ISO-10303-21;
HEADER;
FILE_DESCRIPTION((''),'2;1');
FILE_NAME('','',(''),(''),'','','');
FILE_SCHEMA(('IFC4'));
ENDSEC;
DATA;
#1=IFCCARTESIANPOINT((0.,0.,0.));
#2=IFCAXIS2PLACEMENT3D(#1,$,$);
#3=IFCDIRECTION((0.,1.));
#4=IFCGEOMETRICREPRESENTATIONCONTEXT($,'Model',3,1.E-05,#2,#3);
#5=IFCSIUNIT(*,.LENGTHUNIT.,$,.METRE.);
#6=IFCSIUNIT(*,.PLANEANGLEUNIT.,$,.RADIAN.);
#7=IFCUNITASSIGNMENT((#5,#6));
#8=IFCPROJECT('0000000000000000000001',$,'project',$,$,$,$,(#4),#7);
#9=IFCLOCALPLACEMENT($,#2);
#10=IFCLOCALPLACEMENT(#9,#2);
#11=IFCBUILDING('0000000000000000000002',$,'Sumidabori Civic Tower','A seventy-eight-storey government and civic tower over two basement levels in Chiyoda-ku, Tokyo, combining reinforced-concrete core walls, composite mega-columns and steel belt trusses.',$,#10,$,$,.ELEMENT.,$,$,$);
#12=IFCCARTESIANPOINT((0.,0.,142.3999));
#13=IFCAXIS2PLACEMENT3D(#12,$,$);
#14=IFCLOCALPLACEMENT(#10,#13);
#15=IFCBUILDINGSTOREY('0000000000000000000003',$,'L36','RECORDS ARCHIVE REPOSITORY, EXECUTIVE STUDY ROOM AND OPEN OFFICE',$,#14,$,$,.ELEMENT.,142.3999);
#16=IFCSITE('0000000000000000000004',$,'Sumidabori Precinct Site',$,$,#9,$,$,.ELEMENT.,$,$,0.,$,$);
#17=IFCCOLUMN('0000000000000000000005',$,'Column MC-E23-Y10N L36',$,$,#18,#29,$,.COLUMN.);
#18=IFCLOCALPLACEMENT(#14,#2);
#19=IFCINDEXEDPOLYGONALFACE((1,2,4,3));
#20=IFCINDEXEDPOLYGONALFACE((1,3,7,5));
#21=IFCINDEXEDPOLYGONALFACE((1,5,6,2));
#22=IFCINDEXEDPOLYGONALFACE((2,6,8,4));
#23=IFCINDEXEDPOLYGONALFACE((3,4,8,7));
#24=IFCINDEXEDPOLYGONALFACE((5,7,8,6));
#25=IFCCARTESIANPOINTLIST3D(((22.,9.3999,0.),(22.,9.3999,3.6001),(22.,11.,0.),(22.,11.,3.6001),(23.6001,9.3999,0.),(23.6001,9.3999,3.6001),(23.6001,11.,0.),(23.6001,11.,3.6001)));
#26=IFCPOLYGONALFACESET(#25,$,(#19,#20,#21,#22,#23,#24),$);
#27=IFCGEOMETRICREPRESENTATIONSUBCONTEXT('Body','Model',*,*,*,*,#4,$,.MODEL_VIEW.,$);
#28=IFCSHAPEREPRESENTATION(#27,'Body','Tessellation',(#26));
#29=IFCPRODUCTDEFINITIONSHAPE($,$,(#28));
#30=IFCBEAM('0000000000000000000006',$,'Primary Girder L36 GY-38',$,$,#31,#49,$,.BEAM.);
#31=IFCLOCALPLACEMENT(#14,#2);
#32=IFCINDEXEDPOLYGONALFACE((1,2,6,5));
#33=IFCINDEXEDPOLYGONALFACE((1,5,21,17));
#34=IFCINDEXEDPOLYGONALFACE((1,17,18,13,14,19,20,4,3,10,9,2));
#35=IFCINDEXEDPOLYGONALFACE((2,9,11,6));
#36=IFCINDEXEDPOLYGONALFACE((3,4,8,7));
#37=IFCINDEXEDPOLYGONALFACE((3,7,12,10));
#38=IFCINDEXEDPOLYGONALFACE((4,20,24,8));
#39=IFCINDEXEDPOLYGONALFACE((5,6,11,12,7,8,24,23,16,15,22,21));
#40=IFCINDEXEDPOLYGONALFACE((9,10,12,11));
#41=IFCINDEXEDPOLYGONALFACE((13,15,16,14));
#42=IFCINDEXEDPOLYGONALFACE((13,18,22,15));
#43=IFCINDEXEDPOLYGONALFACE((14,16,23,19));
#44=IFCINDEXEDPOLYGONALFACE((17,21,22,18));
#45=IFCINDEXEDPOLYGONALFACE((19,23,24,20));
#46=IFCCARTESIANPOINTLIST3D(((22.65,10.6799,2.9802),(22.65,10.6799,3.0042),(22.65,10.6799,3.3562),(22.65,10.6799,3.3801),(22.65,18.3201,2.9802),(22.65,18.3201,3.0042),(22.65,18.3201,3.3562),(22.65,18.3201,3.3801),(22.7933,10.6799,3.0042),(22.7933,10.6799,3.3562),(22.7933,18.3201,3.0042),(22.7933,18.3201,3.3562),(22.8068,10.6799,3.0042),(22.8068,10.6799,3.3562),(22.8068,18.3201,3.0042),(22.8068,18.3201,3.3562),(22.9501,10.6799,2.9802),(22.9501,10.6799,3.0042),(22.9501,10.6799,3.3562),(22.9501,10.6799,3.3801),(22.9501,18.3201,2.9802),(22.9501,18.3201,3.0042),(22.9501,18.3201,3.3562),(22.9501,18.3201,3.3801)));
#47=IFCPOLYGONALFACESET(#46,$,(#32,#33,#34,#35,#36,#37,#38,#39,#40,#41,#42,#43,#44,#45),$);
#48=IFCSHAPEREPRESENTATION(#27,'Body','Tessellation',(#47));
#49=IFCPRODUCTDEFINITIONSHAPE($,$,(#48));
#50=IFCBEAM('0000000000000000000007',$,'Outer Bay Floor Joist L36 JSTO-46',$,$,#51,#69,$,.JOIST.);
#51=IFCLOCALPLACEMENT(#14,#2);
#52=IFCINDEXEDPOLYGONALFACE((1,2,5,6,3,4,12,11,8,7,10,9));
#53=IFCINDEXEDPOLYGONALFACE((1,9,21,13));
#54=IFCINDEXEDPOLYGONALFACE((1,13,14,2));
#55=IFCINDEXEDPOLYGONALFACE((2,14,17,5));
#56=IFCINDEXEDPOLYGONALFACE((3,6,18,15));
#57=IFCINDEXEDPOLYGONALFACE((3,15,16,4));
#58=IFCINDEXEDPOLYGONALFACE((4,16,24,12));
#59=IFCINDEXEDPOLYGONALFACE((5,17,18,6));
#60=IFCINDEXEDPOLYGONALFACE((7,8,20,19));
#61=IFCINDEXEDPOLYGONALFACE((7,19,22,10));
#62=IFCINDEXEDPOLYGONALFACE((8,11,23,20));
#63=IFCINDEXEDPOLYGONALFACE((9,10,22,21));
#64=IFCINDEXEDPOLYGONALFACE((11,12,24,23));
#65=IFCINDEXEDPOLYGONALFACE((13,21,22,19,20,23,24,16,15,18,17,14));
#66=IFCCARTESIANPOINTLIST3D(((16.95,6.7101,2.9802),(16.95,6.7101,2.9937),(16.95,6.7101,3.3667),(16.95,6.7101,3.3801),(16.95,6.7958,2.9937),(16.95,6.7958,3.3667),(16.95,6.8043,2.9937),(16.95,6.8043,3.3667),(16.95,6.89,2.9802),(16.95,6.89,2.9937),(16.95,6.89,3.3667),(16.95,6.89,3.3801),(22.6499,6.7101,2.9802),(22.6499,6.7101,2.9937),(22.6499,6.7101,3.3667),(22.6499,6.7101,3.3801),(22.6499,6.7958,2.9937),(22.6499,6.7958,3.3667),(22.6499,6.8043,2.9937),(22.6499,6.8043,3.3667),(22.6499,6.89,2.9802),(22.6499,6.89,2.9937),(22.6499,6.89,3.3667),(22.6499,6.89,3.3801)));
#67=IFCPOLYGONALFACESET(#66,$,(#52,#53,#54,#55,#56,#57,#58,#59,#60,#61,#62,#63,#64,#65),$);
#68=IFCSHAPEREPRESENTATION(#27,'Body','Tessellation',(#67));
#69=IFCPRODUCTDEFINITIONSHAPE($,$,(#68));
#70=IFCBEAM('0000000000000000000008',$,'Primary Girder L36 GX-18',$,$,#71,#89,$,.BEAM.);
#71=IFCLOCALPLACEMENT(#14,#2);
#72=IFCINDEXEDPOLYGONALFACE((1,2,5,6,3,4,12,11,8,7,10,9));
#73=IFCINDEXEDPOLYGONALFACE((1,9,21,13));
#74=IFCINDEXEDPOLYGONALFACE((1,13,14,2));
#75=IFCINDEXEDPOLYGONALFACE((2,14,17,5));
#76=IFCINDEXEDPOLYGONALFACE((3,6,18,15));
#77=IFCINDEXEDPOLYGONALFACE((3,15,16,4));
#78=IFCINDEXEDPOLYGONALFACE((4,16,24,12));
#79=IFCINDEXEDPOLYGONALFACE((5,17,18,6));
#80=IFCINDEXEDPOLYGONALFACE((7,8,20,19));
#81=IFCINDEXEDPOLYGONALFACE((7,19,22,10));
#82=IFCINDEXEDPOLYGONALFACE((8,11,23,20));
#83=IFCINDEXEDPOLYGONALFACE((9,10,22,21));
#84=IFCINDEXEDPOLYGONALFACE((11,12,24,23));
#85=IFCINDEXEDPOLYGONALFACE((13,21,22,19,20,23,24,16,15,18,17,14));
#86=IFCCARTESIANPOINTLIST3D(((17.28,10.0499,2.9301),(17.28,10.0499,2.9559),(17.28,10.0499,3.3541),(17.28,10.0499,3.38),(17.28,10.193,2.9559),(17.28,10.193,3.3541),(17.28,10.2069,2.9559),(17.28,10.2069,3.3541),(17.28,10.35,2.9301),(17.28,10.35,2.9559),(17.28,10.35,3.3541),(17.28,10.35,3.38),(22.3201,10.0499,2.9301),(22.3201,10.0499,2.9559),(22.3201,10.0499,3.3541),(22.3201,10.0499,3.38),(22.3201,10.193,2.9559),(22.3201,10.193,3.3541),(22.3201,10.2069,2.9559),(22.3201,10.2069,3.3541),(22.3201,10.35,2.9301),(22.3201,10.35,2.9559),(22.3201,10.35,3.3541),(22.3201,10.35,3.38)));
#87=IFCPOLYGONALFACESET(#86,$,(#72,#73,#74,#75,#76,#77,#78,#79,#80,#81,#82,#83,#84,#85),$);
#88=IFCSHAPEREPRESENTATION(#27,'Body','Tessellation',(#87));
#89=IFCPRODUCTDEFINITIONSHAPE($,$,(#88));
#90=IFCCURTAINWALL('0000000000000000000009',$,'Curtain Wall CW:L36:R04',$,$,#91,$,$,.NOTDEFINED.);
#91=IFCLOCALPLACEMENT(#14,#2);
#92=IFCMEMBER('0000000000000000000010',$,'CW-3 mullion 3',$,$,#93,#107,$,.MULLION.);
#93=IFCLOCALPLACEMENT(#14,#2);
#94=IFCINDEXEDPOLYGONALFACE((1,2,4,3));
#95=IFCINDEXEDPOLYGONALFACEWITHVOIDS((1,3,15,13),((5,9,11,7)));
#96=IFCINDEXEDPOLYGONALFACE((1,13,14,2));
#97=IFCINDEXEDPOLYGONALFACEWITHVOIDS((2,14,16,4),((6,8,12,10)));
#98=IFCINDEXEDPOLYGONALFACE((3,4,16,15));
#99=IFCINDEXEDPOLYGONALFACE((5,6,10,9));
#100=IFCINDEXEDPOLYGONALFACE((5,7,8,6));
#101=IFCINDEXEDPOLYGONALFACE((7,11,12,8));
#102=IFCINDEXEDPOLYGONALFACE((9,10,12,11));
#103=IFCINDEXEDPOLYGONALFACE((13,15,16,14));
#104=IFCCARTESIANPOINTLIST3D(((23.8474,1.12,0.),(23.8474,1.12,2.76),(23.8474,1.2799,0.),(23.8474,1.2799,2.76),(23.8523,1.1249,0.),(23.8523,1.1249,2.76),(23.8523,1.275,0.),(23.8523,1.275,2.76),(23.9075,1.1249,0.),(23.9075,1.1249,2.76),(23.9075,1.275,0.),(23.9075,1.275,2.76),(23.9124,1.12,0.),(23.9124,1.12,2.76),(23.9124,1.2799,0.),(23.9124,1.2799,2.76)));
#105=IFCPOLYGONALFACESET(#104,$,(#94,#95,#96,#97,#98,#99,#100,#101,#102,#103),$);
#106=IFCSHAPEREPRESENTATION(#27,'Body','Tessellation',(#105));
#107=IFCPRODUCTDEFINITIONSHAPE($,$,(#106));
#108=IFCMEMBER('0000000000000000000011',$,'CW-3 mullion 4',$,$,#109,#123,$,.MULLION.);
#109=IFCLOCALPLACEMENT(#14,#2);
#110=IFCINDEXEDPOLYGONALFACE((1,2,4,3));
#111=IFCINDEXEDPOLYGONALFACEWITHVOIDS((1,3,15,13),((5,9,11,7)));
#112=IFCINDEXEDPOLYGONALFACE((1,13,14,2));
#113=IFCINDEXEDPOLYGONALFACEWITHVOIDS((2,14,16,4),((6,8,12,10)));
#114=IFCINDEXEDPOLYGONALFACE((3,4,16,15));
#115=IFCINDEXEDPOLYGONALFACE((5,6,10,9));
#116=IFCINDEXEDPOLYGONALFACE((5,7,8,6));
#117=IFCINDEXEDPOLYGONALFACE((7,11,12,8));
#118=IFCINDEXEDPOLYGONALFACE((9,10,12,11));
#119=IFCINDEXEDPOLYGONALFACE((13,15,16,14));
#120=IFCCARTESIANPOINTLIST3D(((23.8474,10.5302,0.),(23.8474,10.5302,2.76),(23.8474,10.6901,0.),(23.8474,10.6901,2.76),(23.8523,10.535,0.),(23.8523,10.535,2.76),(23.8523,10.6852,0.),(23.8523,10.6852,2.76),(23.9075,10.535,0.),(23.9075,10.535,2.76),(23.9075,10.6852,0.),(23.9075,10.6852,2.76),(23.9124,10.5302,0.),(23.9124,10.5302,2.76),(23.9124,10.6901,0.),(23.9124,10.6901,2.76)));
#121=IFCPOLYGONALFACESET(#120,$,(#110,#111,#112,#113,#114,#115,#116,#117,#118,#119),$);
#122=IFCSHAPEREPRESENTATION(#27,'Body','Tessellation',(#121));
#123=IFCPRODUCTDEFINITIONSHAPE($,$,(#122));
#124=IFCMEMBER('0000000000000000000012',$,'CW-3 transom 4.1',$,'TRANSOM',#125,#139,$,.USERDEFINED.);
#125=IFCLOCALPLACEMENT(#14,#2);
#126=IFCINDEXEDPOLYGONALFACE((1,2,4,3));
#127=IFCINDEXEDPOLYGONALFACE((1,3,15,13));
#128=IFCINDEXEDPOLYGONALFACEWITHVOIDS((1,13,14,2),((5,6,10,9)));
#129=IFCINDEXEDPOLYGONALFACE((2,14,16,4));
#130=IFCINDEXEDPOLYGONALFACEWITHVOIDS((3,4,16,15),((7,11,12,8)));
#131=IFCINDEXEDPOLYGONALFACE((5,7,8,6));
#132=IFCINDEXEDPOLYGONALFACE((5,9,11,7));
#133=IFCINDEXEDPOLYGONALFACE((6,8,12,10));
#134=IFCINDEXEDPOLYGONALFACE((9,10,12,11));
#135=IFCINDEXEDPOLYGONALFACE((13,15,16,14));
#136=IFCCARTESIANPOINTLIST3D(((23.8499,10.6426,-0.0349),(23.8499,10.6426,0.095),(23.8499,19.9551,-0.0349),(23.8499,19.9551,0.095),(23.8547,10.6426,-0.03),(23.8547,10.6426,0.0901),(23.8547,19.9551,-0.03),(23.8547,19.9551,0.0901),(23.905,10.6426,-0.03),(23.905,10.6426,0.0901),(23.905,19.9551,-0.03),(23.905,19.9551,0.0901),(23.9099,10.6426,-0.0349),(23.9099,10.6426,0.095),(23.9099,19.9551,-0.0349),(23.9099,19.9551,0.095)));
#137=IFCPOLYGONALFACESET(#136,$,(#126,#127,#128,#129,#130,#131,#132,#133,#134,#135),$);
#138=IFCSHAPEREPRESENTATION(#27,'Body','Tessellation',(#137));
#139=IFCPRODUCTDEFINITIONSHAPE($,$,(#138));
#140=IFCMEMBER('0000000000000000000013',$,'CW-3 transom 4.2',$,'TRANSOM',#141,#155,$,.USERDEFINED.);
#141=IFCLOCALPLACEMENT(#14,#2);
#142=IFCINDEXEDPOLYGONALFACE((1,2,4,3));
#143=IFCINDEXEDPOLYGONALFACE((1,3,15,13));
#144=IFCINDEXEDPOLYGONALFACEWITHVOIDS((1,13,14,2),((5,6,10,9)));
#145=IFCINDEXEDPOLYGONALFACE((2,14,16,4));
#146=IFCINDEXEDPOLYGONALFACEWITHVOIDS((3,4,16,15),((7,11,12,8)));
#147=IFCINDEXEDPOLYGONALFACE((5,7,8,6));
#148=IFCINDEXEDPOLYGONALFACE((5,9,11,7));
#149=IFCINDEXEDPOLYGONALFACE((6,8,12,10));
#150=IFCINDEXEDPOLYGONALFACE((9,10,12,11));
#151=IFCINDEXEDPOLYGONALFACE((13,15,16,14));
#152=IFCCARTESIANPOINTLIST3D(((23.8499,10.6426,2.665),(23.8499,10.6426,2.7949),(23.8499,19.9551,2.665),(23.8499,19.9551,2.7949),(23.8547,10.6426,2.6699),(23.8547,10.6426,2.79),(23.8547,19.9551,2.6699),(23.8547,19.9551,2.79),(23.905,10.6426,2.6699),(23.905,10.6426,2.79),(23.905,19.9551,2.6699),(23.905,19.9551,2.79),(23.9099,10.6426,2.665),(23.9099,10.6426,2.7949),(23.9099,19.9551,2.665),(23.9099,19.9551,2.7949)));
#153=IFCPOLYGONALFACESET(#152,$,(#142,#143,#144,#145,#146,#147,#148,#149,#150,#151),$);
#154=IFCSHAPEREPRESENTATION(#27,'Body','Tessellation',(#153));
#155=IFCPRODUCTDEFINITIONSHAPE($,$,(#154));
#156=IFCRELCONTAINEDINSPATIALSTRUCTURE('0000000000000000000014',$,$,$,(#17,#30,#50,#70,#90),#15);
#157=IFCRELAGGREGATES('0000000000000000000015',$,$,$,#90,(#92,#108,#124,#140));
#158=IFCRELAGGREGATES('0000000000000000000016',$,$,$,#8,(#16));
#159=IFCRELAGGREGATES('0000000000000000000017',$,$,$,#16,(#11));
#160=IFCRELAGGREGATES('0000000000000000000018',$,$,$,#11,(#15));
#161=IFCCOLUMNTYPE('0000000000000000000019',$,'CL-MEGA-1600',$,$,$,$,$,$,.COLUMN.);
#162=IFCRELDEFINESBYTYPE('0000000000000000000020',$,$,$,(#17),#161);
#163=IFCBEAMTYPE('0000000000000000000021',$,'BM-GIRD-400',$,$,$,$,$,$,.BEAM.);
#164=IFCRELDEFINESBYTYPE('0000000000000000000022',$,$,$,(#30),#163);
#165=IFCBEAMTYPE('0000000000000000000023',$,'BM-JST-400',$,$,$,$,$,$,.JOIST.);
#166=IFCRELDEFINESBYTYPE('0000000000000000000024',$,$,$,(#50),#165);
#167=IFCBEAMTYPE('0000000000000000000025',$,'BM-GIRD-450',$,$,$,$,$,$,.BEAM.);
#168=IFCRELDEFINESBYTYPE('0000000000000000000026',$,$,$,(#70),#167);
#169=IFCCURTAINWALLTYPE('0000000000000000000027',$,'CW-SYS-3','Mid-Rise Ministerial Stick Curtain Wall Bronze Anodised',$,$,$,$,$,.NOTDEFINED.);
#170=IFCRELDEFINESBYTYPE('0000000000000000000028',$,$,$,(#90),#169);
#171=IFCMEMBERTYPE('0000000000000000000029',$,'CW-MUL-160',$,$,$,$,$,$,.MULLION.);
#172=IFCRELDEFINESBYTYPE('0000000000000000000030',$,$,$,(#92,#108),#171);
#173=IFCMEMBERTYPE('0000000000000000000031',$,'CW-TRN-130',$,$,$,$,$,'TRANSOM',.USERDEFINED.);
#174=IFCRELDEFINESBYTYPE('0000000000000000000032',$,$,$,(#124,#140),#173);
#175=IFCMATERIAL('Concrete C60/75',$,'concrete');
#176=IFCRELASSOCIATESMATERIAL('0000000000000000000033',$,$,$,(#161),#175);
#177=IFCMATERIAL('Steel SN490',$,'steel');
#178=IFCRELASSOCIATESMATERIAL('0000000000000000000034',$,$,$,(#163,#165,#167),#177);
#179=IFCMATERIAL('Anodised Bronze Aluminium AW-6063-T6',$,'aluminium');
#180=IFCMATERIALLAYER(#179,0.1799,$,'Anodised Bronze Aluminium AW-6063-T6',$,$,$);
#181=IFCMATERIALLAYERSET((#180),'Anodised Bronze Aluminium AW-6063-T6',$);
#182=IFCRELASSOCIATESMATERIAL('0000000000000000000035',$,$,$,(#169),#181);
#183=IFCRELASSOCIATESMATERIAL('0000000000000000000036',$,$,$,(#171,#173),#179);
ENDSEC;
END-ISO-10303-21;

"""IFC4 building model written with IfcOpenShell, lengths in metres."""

from ifc_helpers import new_model, si_unit, direction, frame, origin, origin_2d, place, context, subcontext, project, spatial, rectangle, hollow_rectangle, i_section, extrude, source, transform, mapped, material, layer, layer_set, material_profile, profile_set, type_object, element, aggregate, save


model = new_model("IFC4")

# Units and contexts
model_context = context("Model", 3, precision=1e-05, world=origin(), true_north=direction((0.0, 1.0)))
body_context = subcontext(model_context, "Body", "Model", "MODEL_VIEW")
ifc_project = project(units=[si_unit("LENGTHUNIT", "METRE"), si_unit("PLANEANGLEUNIT", "RADIAN")], contexts=[model_context])

# Site, building, storey
site_placement = place(None, origin())
site = spatial("IfcSite", under=ifc_project, at=site_placement, Name="Sumidabori Precinct Site", CompositionType="ELEMENT", RefElevation=0.0)
building_placement = place(site_placement, origin())
building = spatial("IfcBuilding", under=site, at=building_placement, Name="Sumidabori Civic Tower", Description="A seventy-eight-storey government and civic tower over two basement levels in Chiyoda-ku, Tokyo, combining reinforced-concrete core walls, composite mega-columns and steel belt trusses.", CompositionType="ELEMENT")
storey_placement = place(building_placement, frame((0.0, 0.0, 142.3999)))
storey = spatial("IfcBuildingStorey", under=building, at=storey_placement, Name="L36", Description="RECORDS ARCHIVE REPOSITORY, EXECUTIVE STUDY ROOM AND OPEN OFFICE", CompositionType="ELEMENT", Elevation=142.3999)

# Column
ifc_material_1 = material(Name="Concrete C60/75", Category="concrete")
ifc_material_profile_1 = material_profile(ifc_material_1, rectangle(XDim=1.6001, YDim=1.6001, at=origin_2d()), Name="RC 1600x1600")
ifc_profile_set_1 = profile_set([ifc_material_profile_1], Name="Concrete C60/75")
column_type = type_object("IfcColumnType", Name="CL-MEGA-1600", PredefinedType="COLUMN", material=ifc_profile_set_1)
shared_shape_1 = source(origin(), body_context, "Body", "SweptSolid", [
    extrude(rectangle(XDim=1.6001, YDim=1.6001, at=origin_2d()), origin(), (0.0, 0.0, 1.0), 3.6001),
])
column_placement = place(storey_placement, frame((22.8, 10.2, 0.0), z_axis=(0.0, 0.0, 1.0), x_axis=(1.0, 0.0, 0.0)))
element("IfcColumn", 1, at=column_placement, inside=storey, type_object=column_type, Name="Column MC-E23-Y10N L36", PredefinedType="COLUMN", context=body_context, shape_type="MappedRepresentation", body=[
    mapped(shared_shape_1, transform((0.0, 0.0, 0.0), x_axis=(1.0, 0.0, 0.0), y_axis=(0.0, 1.0, 0.0), z_axis=(0.0, 0.0, 1.0), scale=1.0)),
])

# Beams
ifc_material_2 = material(Name="Steel SN490", Category="steel")
ifc_material_profile_2 = material_profile(ifc_material_2, i_section(OverallWidth=0.3, OverallDepth=0.3999, WebThickness=0.0134, FlangeThickness=0.0239, at=origin_2d()), Name="HE 400 B")
ifc_profile_set_2 = profile_set([ifc_material_profile_2], Name="Steel SN490")
beam_type_1 = type_object("IfcBeamType", Name="BM-GIRD-400", PredefinedType="BEAM", material=ifc_profile_set_2)
shared_shape_2 = source(origin(), body_context, "Body", "SweptSolid", [
    extrude(i_section(OverallWidth=0.3, OverallDepth=0.3999, WebThickness=0.0134, FlangeThickness=0.0239, at=origin_2d()), origin(), (0.0, 0.0, 1.0), 7.6401),
])
beam_1_placement = place(storey_placement, frame((22.8, 10.6799, 3.1802), z_axis=(0.0, 1.0, 0.0), x_axis=(-1.0, 0.0, 0.0)))
element("IfcBeam", 2, at=beam_1_placement, inside=storey, type_object=beam_type_1, Name="Primary Girder L36 GY-38", PredefinedType="BEAM", context=body_context, shape_type="MappedRepresentation", body=[
    mapped(shared_shape_2, transform((0.0, 0.0, 0.0), x_axis=(1.0, 0.0, 0.0), y_axis=(0.0, 1.0, 0.0), z_axis=(0.0, 0.0, 1.0), scale=1.0)),
])
ifc_material_profile_3 = material_profile(ifc_material_2, i_section(OverallWidth=0.1799, OverallDepth=0.3999, WebThickness=0.0085, FlangeThickness=0.0134, at=origin_2d()), Name="IPE 400")
ifc_profile_set_3 = profile_set([ifc_material_profile_3], Name="Steel SN490")
beam_type_2 = type_object("IfcBeamType", Name="BM-JST-400", PredefinedType="JOIST", material=ifc_profile_set_3)
shared_shape_3 = source(origin(), body_context, "Body", "SweptSolid", [
    extrude(i_section(OverallWidth=0.1799, OverallDepth=0.3999, WebThickness=0.0085, FlangeThickness=0.0134, at=origin_2d()), origin(), (0.0, 0.0, 1.0), 5.7),
])
beam_2_placement = place(storey_placement, frame((16.95, 6.8, 3.1802), z_axis=(1.0, 0.0, 0.0), x_axis=(0.0, 1.0, 0.0)))
element("IfcBeam", 3, at=beam_2_placement, inside=storey, type_object=beam_type_2, Name="Outer Bay Floor Joist L36 JSTO-46", PredefinedType="JOIST", context=body_context, shape_type="MappedRepresentation", body=[
    mapped(shared_shape_3, transform((0.0, 0.0, 0.0), x_axis=(1.0, 0.0, 0.0), y_axis=(0.0, 1.0, 0.0), z_axis=(0.0, 0.0, 1.0), scale=1.0)),
])
ifc_material_profile_4 = material_profile(ifc_material_2, i_section(OverallWidth=0.3, OverallDepth=0.45, WebThickness=0.0139, FlangeThickness=0.0259, at=origin_2d()), Name="HE 450 B")
ifc_profile_set_4 = profile_set([ifc_material_profile_4], Name="Steel SN490")
beam_type_3 = type_object("IfcBeamType", Name="BM-GIRD-450", PredefinedType="BEAM", material=ifc_profile_set_4)
shared_shape_4 = source(origin(), body_context, "Body", "SweptSolid", [
    extrude(i_section(OverallWidth=0.3, OverallDepth=0.45, WebThickness=0.0139, FlangeThickness=0.0259, at=origin_2d()), origin(), (0.0, 0.0, 1.0), 5.04),
])
beam_3_placement = place(storey_placement, frame((17.28, 10.2, 3.155), z_axis=(1.0, 0.0, 0.0), x_axis=(0.0, 1.0, 0.0)))
element("IfcBeam", 4, at=beam_3_placement, inside=storey, type_object=beam_type_3, Name="Primary Girder L36 GX-18", PredefinedType="BEAM", context=body_context, shape_type="MappedRepresentation", body=[
    mapped(shared_shape_4, transform((0.0, 0.0, 0.0), x_axis=(1.0, 0.0, 0.0), y_axis=(0.0, 1.0, 0.0), z_axis=(0.0, 0.0, 1.0), scale=1.0)),
])

# Curtain wall, members
ifc_material_3 = material(Name="Anodised Bronze Aluminium AW-6063-T6", Category="aluminium")
ifc_layer_1 = layer(ifc_material_3, 0.1799, Name="Anodised Bronze Aluminium AW-6063-T6")
ifc_layer_set_1 = layer_set([ifc_layer_1], Name="Anodised Bronze Aluminium AW-6063-T6")
curtain_wall_type = type_object("IfcCurtainWallType", Name="CW-SYS-3", Description="Mid-Rise Ministerial Stick Curtain Wall Bronze Anodised", PredefinedType="NOTDEFINED", material=ifc_layer_set_1)
curtain_wall_placement = place(storey_placement, origin())
curtain_wall = element("IfcCurtainWall", 5, at=curtain_wall_placement, inside=storey, type_object=curtain_wall_type, Name="Curtain Wall CW:L36:R04", PredefinedType="NOTDEFINED")
ifc_material_profile_5 = material_profile(ifc_material_3, hollow_rectangle(XDim=0.0649, YDim=0.1599, WallThickness=0.0049, at=origin_2d()), Name="ALU MULLION 160x65")
ifc_profile_set_5 = profile_set([ifc_material_profile_5], Name="Anodised Bronze Aluminium AW-6063-T6")
member_type_1 = type_object("IfcMemberType", Name="CW-MUL-160", PredefinedType="MULLION", material=ifc_profile_set_5)
shared_shape_5 = source(origin(), body_context, "Body", "SweptSolid", [
    extrude(hollow_rectangle(XDim=0.0649, YDim=0.1599, WallThickness=0.0049, at=origin_2d()), origin(), (0.0, 0.0, 1.0), 2.76),
])
member_1_placement = place(storey_placement, frame((23.8799, 1.2, 0.0), z_axis=(0.0, 0.0, 1.0), x_axis=(-1.0, 0.0, 0.0)))
member_1 = element("IfcMember", 6, at=member_1_placement, type_object=member_type_1, Name="CW-3 mullion 3", PredefinedType="MULLION", context=body_context, shape_type="MappedRepresentation", body=[
    mapped(shared_shape_5, transform((0.0, 0.0, 0.0), x_axis=(1.0, 0.0, 0.0), y_axis=(0.0, 1.0, 0.0), z_axis=(0.0, 0.0, 1.0), scale=1.0)),
])
member_2_placement = place(storey_placement, frame((23.8799, 10.6101, 0.0), z_axis=(0.0, 0.0, 1.0), x_axis=(-1.0, 0.0, 0.0)))
member_2 = element("IfcMember", 7, at=member_2_placement, type_object=member_type_1, Name="CW-3 mullion 4", PredefinedType="MULLION", context=body_context, shape_type="MappedRepresentation", body=[
    mapped(shared_shape_5, transform((0.0, 0.0, 0.0), x_axis=(1.0, 0.0, 0.0), y_axis=(0.0, 1.0, 0.0), z_axis=(0.0, 0.0, 1.0), scale=1.0)),
])
ifc_material_profile_6 = material_profile(ifc_material_3, hollow_rectangle(XDim=0.0601, YDim=0.1299, WallThickness=0.0049, at=origin_2d()), Name="ALU TRANSOM 130x60")
ifc_profile_set_6 = profile_set([ifc_material_profile_6], Name="Anodised Bronze Aluminium AW-6063-T6")
member_type_2 = type_object("IfcMemberType", Name="CW-TRN-130", ElementType="TRANSOM", PredefinedType="USERDEFINED", material=ifc_profile_set_6)
shared_shape_6 = source(origin(), body_context, "Body", "SweptSolid", [
    extrude(hollow_rectangle(XDim=0.0601, YDim=0.1299, WallThickness=0.0049, at=origin_2d()), origin(), (0.0, 0.0, 1.0), 9.3125),
])
member_3_placement = place(storey_placement, frame((23.8799, 10.6426, 0.03), z_axis=(0.0, 1.0, 0.0), x_axis=(-1.0, 0.0, 0.0)))
member_3 = element("IfcMember", 8, at=member_3_placement, type_object=member_type_2, Name="CW-3 transom 4.1", ObjectType="TRANSOM", PredefinedType="USERDEFINED", context=body_context, shape_type="MappedRepresentation", body=[
    mapped(shared_shape_6, transform((0.0, 0.0, 0.0), x_axis=(1.0, 0.0, 0.0), y_axis=(0.0, 1.0, 0.0), z_axis=(0.0, 0.0, 1.0), scale=1.0)),
])
member_4_placement = place(storey_placement, frame((23.8799, 10.6426, 2.73), z_axis=(0.0, 1.0, 0.0), x_axis=(-1.0, 0.0, 0.0)))
member_4 = element("IfcMember", 9, at=member_4_placement, type_object=member_type_2, Name="CW-3 transom 4.2", ObjectType="TRANSOM", PredefinedType="USERDEFINED", context=body_context, shape_type="MappedRepresentation", body=[
    mapped(shared_shape_6, transform((0.0, 0.0, 0.0), x_axis=(1.0, 0.0, 0.0), y_axis=(0.0, 1.0, 0.0), z_axis=(0.0, 0.0, 1.0), scale=1.0)),
])
aggregate(curtain_wall, [member_1, member_2, member_3, member_4])

save(model, "model.ifc")
